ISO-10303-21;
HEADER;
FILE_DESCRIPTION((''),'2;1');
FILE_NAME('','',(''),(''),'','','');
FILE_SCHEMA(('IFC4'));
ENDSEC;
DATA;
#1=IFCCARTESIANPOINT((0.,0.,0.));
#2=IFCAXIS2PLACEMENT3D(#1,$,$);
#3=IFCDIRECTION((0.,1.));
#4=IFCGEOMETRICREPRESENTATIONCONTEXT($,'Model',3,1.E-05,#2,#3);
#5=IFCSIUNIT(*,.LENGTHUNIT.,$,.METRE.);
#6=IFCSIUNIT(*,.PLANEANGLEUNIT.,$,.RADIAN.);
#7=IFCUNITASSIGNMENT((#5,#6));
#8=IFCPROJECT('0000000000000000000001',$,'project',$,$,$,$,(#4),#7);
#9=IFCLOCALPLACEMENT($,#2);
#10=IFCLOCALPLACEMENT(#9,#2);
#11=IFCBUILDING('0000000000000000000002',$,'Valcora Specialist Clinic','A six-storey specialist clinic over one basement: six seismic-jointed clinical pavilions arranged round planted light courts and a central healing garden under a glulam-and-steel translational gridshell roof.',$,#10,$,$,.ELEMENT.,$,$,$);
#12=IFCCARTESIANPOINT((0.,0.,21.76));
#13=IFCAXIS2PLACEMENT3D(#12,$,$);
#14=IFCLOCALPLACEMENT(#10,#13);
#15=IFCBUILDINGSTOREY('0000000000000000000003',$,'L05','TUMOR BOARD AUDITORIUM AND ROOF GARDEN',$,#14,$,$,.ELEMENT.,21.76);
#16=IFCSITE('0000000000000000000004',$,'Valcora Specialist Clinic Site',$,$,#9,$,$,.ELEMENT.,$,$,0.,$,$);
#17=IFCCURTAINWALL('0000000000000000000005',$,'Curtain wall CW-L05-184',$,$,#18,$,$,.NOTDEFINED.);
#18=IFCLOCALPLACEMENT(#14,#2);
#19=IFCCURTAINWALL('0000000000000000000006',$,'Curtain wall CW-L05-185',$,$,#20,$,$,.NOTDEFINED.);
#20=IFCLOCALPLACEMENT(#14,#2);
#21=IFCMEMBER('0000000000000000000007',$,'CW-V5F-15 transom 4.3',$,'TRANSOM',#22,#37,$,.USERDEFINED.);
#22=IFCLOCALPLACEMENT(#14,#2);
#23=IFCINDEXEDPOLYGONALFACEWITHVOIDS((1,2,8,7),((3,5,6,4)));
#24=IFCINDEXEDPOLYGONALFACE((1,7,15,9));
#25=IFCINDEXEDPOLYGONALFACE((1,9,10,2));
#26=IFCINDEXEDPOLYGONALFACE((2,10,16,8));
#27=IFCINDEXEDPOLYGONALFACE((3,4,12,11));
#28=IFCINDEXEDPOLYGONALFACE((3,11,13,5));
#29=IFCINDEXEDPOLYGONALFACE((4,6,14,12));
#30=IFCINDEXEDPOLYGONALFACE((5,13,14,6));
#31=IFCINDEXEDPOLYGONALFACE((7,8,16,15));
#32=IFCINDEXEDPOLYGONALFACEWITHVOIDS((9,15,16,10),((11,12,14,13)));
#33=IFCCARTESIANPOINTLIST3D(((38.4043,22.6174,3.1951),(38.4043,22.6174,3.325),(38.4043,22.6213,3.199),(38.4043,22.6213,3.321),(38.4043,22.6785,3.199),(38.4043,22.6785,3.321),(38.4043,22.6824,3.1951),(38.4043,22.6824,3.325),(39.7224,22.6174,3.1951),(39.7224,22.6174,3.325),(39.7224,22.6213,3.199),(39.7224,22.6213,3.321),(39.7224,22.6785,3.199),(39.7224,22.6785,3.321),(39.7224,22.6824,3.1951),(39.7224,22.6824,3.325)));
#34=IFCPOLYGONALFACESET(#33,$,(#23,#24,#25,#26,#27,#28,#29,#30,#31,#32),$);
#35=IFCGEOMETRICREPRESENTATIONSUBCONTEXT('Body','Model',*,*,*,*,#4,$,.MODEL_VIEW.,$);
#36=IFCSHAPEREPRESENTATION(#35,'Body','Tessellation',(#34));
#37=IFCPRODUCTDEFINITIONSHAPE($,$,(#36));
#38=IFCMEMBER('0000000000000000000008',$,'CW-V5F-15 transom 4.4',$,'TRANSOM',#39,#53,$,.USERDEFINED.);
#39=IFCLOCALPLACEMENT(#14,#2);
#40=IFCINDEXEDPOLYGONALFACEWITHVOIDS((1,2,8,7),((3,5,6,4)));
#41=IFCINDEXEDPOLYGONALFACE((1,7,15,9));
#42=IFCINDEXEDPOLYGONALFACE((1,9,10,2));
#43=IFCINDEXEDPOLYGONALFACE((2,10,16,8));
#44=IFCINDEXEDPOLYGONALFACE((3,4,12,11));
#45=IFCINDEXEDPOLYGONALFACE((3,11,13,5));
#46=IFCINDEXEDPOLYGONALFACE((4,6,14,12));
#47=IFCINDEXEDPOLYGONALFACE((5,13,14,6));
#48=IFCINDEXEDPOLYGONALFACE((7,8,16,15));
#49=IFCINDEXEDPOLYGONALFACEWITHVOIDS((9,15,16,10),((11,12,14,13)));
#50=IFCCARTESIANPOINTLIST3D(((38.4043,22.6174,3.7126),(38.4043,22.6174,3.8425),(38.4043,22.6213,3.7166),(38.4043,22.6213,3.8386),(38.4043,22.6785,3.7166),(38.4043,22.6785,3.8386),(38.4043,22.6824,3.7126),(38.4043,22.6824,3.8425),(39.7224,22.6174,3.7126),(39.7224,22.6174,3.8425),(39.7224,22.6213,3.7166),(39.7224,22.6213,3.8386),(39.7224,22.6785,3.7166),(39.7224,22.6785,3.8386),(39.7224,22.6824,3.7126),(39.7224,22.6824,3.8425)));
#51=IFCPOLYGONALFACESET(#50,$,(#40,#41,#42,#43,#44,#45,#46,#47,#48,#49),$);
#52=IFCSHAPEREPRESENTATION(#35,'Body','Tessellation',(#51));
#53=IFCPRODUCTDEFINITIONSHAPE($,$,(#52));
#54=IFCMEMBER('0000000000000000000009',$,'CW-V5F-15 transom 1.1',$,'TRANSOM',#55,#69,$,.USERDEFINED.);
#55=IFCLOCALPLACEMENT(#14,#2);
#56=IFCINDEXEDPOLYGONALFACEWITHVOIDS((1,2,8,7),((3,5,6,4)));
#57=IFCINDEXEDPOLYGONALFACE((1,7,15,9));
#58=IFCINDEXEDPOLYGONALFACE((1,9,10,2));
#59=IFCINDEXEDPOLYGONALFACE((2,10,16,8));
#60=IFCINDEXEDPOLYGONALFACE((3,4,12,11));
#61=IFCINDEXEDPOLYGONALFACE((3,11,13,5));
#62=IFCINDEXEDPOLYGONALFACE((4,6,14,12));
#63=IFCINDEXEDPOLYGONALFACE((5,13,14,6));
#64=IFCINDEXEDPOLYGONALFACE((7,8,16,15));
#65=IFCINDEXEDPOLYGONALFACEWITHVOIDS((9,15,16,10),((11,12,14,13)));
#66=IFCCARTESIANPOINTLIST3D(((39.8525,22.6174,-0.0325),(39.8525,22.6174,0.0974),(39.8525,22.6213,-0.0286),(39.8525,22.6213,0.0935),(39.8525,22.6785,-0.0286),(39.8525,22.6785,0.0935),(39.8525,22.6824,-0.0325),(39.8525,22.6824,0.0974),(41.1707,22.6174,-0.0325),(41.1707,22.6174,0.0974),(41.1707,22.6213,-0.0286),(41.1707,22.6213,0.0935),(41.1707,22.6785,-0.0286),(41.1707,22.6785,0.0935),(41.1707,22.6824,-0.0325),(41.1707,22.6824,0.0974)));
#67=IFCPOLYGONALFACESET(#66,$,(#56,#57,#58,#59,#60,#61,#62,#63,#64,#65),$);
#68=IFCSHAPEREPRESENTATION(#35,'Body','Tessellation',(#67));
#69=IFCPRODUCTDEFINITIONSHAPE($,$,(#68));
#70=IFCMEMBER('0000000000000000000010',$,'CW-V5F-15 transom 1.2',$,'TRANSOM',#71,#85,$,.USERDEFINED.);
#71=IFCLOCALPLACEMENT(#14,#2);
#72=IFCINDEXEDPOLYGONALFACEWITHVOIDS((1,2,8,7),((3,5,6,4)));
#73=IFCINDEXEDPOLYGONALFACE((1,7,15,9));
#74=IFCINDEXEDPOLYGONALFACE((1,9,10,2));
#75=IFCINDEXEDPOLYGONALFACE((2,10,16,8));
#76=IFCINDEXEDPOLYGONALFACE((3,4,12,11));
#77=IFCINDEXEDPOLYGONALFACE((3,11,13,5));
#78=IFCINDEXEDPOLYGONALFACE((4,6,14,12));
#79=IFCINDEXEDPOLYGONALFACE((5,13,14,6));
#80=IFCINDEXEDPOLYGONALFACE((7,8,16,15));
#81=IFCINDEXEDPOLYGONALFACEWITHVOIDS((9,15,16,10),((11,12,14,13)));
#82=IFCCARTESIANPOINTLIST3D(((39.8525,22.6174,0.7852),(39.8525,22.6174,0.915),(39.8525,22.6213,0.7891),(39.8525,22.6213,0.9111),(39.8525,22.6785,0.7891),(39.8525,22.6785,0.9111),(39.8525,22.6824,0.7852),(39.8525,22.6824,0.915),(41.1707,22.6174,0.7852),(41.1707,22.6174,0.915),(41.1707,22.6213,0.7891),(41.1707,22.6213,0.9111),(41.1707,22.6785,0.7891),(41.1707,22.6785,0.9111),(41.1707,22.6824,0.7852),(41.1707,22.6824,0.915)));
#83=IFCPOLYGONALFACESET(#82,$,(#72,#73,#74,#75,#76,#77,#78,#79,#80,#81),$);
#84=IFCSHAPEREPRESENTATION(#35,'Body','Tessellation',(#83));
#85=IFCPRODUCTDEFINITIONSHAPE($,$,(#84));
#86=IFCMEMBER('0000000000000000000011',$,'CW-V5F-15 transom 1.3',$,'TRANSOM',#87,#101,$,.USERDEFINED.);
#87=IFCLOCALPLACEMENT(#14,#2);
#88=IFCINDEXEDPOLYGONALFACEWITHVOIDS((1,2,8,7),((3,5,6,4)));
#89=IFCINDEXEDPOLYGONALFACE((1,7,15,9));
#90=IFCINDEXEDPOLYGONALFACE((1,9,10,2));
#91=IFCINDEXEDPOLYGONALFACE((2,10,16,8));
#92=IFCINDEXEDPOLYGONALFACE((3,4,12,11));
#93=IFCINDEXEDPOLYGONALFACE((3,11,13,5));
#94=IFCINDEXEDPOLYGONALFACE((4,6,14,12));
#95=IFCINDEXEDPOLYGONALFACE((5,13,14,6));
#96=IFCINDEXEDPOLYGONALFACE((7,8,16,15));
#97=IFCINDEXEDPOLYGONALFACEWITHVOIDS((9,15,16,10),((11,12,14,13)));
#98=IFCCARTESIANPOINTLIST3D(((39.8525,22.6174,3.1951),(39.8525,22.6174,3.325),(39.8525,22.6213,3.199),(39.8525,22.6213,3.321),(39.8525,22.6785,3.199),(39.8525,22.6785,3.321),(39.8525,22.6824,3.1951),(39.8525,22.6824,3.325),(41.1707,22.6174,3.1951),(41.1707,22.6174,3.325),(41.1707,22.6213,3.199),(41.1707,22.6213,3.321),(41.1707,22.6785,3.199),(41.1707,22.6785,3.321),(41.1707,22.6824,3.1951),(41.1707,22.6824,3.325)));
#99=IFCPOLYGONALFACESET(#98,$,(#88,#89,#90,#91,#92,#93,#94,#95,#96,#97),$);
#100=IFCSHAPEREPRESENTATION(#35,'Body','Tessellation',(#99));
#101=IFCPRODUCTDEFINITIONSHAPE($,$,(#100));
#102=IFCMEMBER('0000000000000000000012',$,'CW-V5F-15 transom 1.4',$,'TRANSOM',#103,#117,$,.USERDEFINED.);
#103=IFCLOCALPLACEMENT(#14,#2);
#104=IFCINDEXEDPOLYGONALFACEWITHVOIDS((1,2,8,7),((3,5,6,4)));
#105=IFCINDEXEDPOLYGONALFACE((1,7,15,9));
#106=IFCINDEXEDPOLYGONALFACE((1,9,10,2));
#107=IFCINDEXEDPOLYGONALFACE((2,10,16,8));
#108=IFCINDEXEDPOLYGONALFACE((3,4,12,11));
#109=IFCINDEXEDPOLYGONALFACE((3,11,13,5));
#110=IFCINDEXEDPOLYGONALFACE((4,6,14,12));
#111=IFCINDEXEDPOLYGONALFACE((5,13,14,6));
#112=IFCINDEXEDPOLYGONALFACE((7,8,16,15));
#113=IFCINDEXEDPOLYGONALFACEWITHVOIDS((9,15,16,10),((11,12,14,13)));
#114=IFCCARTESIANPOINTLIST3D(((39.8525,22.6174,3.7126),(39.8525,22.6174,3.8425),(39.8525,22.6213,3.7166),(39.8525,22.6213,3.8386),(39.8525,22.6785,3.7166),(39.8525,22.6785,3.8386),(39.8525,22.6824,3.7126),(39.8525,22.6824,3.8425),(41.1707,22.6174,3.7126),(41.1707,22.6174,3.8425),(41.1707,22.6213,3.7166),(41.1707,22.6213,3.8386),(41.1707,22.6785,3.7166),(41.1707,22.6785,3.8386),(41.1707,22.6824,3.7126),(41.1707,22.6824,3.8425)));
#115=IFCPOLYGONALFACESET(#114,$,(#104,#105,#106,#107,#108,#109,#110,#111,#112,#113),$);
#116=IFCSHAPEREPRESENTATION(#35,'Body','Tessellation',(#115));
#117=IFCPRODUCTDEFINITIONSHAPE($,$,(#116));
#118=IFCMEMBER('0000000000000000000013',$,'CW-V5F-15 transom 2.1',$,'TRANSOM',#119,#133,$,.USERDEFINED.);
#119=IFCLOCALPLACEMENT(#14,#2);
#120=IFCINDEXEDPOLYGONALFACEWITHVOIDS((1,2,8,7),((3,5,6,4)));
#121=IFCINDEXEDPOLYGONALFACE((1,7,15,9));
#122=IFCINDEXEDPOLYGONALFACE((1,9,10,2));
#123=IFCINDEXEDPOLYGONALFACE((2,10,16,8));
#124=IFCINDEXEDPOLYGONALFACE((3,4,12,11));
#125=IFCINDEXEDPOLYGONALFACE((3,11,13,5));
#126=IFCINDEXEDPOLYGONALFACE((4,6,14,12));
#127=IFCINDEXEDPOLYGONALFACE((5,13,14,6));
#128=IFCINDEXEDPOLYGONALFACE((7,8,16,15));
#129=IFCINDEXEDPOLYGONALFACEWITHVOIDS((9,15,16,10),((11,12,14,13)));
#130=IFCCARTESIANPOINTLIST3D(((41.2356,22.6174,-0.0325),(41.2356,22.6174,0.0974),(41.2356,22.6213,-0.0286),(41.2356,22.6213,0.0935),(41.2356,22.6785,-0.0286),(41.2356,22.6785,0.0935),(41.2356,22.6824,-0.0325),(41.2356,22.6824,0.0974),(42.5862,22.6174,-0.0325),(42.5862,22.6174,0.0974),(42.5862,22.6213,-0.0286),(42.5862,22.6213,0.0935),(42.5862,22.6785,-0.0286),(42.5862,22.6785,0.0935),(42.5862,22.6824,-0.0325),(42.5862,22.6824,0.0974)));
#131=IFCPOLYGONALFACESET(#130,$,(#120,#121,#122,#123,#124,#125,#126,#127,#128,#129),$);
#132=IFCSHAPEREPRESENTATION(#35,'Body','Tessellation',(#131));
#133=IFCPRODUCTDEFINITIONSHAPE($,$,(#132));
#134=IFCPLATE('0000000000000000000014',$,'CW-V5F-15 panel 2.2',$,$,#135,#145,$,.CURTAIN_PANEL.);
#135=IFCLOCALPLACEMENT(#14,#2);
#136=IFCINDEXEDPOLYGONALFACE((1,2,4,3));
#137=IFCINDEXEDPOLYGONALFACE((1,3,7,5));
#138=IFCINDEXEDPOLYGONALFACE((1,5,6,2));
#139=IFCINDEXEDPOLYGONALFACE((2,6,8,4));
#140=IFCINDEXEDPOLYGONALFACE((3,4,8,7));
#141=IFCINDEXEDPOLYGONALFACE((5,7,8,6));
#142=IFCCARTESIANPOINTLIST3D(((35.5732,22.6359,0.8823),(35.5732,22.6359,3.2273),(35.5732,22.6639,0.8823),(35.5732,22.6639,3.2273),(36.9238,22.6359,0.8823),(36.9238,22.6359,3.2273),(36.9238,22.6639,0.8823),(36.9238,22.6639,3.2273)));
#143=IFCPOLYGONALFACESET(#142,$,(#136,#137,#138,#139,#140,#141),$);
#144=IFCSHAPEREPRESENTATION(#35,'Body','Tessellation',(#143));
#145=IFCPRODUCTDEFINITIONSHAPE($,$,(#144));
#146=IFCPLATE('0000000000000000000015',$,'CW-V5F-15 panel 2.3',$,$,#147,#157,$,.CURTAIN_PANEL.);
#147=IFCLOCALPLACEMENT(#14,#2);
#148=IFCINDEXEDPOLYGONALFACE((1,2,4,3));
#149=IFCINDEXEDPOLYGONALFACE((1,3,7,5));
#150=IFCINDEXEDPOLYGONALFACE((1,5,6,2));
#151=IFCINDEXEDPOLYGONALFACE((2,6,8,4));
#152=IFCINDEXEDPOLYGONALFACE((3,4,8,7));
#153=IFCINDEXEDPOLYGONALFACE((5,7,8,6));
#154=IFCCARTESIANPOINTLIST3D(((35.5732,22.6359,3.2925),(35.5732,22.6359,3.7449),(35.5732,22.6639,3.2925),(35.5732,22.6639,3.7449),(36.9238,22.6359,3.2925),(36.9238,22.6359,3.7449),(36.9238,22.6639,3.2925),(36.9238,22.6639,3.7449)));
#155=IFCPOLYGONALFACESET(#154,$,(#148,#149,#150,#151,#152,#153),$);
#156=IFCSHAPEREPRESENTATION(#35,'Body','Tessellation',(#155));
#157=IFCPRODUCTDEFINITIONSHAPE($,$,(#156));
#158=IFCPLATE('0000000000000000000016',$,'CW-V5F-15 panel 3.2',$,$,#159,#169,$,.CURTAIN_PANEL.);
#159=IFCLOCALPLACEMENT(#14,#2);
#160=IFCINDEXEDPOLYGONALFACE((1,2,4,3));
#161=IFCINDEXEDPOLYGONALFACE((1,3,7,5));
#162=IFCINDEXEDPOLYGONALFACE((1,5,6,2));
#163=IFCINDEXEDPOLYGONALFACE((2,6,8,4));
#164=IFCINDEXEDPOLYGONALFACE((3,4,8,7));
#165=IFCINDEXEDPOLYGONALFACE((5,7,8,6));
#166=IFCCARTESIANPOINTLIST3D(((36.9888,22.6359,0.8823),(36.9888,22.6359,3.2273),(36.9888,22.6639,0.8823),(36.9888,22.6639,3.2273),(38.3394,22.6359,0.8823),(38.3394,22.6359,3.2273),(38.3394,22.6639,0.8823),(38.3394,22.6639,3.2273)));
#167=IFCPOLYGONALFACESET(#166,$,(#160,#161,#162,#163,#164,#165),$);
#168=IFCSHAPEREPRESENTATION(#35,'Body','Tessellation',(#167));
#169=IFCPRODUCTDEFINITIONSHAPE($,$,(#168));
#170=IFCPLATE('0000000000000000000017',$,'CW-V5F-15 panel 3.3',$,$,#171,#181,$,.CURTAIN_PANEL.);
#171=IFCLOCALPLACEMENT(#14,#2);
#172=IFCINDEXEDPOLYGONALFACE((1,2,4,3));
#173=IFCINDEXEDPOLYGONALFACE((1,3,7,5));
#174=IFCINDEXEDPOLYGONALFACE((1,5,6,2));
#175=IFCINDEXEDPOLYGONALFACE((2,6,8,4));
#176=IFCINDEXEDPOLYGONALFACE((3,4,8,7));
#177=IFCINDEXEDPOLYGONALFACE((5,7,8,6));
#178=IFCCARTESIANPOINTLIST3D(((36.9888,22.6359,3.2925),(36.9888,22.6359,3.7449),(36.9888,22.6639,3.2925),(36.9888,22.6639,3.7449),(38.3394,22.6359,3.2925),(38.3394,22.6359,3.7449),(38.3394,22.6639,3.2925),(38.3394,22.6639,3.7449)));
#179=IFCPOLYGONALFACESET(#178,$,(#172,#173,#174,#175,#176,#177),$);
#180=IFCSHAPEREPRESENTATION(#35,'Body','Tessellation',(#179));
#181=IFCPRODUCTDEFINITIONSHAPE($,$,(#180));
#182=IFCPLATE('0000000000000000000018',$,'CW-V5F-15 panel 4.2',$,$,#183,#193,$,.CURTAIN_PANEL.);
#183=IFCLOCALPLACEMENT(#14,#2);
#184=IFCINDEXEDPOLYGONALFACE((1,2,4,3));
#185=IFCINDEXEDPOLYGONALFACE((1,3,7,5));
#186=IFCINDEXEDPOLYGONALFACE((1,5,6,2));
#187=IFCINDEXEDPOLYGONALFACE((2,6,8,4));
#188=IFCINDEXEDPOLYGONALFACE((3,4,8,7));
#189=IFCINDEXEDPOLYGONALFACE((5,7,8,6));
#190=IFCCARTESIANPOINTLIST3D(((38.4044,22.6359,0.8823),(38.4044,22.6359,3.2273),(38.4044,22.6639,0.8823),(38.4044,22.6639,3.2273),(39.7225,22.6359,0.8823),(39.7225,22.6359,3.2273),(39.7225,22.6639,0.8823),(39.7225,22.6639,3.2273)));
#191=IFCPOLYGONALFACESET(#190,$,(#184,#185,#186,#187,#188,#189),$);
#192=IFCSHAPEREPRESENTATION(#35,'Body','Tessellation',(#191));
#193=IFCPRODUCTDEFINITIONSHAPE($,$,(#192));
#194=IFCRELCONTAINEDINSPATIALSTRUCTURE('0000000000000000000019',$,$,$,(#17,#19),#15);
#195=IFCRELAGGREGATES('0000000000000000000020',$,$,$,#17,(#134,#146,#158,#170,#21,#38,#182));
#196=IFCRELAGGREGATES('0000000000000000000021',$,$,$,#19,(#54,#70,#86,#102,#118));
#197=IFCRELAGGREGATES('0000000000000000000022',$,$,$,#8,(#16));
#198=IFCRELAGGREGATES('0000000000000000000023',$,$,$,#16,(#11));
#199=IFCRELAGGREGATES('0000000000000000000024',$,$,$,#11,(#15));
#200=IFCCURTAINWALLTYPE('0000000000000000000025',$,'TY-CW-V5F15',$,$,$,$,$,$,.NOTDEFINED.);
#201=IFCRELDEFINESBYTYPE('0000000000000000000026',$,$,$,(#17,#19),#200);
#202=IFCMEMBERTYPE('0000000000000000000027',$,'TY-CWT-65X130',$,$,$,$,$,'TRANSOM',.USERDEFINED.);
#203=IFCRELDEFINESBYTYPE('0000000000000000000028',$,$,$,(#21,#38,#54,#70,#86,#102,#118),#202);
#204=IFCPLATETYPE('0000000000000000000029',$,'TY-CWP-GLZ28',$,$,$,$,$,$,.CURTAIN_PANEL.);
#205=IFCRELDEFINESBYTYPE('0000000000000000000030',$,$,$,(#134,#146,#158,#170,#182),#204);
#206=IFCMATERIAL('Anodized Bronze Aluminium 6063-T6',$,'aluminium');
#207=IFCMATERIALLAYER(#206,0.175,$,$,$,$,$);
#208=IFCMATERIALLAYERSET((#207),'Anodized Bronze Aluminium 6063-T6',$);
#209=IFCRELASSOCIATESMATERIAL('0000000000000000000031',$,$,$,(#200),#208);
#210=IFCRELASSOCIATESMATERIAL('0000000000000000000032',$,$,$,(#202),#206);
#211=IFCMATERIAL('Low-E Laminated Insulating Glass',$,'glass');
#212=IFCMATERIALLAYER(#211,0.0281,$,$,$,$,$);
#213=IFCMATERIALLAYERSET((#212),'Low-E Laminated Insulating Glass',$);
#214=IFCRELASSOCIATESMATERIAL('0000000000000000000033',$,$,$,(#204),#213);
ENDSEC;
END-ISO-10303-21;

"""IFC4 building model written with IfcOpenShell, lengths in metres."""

from ifc_helpers import new_model, si_unit, direction, frame, origin, origin_2d, place, context, subcontext, project, spatial, rectangle, hollow_rectangle, extrude, material, layer, layer_set, material_profile, profile_set, type_object, element, aggregate, save


model = new_model("IFC4")

# Units and contexts
model_context = context("Model", 3, precision=1e-05, world=origin(), true_north=direction((0.0, 1.0)))
body_context = subcontext(model_context, "Body", "Model", "MODEL_VIEW")
ifc_project = project(units=[si_unit("LENGTHUNIT", "METRE"), si_unit("PLANEANGLEUNIT", "RADIAN")], contexts=[model_context])

# Site, building, storey
site_placement = place(None, origin())
site = spatial("IfcSite", under=ifc_project, at=site_placement, Name="Valcora Specialist Clinic Site", CompositionType="ELEMENT", RefElevation=0.0)
building_placement = place(site_placement, origin())
building = spatial("IfcBuilding", under=site, at=building_placement, Name="Valcora Specialist Clinic", Description="A six-storey specialist clinic over one basement: six seismic-jointed clinical pavilions arranged round planted light courts and a central healing garden under a glulam-and-steel translational gridshell roof.", CompositionType="ELEMENT")
storey_placement = place(building_placement, frame((0.0, 0.0, 21.76)))
storey = spatial("IfcBuildingStorey", under=building, at=storey_placement, Name="L05", Description="TUMOR BOARD AUDITORIUM AND ROOF GARDEN", CompositionType="ELEMENT", Elevation=21.76)

# Curtain walls
ifc_material_1 = material(Name="Anodized Bronze Aluminium 6063-T6", Category="aluminium")
ifc_layer_1 = layer(ifc_material_1, 0.175)
ifc_layer_set_1 = layer_set([ifc_layer_1], Name="Anodized Bronze Aluminium 6063-T6")
curtain_wall_type = type_object("IfcCurtainWallType", Name="TY-CW-V5F15", PredefinedType="NOTDEFINED", material=ifc_layer_set_1)
curtain_wall_1_placement = place(storey_placement, origin())
curtain_wall_1 = element("IfcCurtainWall", 1, at=curtain_wall_1_placement, inside=storey, type_object=curtain_wall_type, Name="Curtain wall CW-L05-184", PredefinedType="NOTDEFINED")
curtain_wall_2_placement = place(storey_placement, origin())
curtain_wall_2 = element("IfcCurtainWall", 2, at=curtain_wall_2_placement, inside=storey, type_object=curtain_wall_type, Name="Curtain wall CW-L05-185", PredefinedType="NOTDEFINED")

# Members
ifc_material_profile_1 = material_profile(ifc_material_1, hollow_rectangle(XDim=0.0649, YDim=0.1299, WallThickness=0.0039, at=origin_2d()), Name="AL-TRN-65X130")
ifc_profile_set_1 = profile_set([ifc_material_profile_1], Name="Anodized Bronze Aluminium 6063-T6")
member_type_1 = type_object("IfcMemberType", Name="TY-CWT-65X130", ElementType="TRANSOM", PredefinedType="USERDEFINED", material=ifc_profile_set_1)
member_1_placement = place(storey_placement, frame((38.4043, 22.6499, 3.26), z_axis=(1.0, 0.0, 0.0), x_axis=(0.0, 1.0, 0.0)))
member_1 = element("IfcMember", 3, at=member_1_placement, type_object=member_type_1, Name="CW-V5F-15 transom 4.3", ObjectType="TRANSOM", PredefinedType="USERDEFINED", context=body_context, shape_type="SweptSolid", body=[
    extrude(hollow_rectangle(XDim=0.0649, YDim=0.1299, WallThickness=0.0039, at=origin_2d()), origin(), (0.0, 0.0, 1.0), 1.3181),
])
member_2_placement = place(storey_placement, frame((38.4043, 22.6499, 3.7776), z_axis=(1.0, 0.0, 0.0), x_axis=(0.0, 1.0, 0.0)))
member_2 = element("IfcMember", 4, at=member_2_placement, type_object=member_type_1, Name="CW-V5F-15 transom 4.4", ObjectType="TRANSOM", PredefinedType="USERDEFINED", context=body_context, shape_type="SweptSolid", body=[
    extrude(hollow_rectangle(XDim=0.0649, YDim=0.1299, WallThickness=0.0039, at=origin_2d()), origin(), (0.0, 0.0, 1.0), 1.3181),
])
member_3_placement = place(storey_placement, frame((39.8525, 22.6499, 0.0325), z_axis=(1.0, 0.0, 0.0), x_axis=(0.0, 1.0, 0.0)))
member_3 = element("IfcMember", 5, at=member_3_placement, type_object=member_type_1, Name="CW-V5F-15 transom 1.1", ObjectType="TRANSOM", PredefinedType="USERDEFINED", context=body_context, shape_type="SweptSolid", body=[
    extrude(hollow_rectangle(XDim=0.0649, YDim=0.1299, WallThickness=0.0039, at=origin_2d()), origin(), (0.0, 0.0, 1.0), 1.3181),
])
member_4_placement = place(storey_placement, frame((39.8525, 22.6499, 0.8501), z_axis=(1.0, 0.0, 0.0), x_axis=(0.0, 1.0, 0.0)))
member_4 = element("IfcMember", 6, at=member_4_placement, type_object=member_type_1, Name="CW-V5F-15 transom 1.2", ObjectType="TRANSOM", PredefinedType="USERDEFINED", context=body_context, shape_type="SweptSolid", body=[
    extrude(hollow_rectangle(XDim=0.0649, YDim=0.1299, WallThickness=0.0039, at=origin_2d()), origin(), (0.0, 0.0, 1.0), 1.3181),
])
member_5_placement = place(storey_placement, frame((39.8525, 22.6499, 3.26), z_axis=(1.0, 0.0, 0.0), x_axis=(0.0, 1.0, 0.0)))
member_5 = element("IfcMember", 7, at=member_5_placement, type_object=member_type_1, Name="CW-V5F-15 transom 1.3", ObjectType="TRANSOM", PredefinedType="USERDEFINED", context=body_context, shape_type="SweptSolid", body=[
    extrude(hollow_rectangle(XDim=0.0649, YDim=0.1299, WallThickness=0.0039, at=origin_2d()), origin(), (0.0, 0.0, 1.0), 1.3181),
])
member_6_placement = place(storey_placement, frame((39.8525, 22.6499, 3.7776), z_axis=(1.0, 0.0, 0.0), x_axis=(0.0, 1.0, 0.0)))
member_6 = element("IfcMember", 8, at=member_6_placement, type_object=member_type_1, Name="CW-V5F-15 transom 1.4", ObjectType="TRANSOM", PredefinedType="USERDEFINED", context=body_context, shape_type="SweptSolid", body=[
    extrude(hollow_rectangle(XDim=0.0649, YDim=0.1299, WallThickness=0.0039, at=origin_2d()), origin(), (0.0, 0.0, 1.0), 1.3181),
])
member_7_placement = place(storey_placement, frame((41.2356, 22.6499, 0.0325), z_axis=(1.0, 0.0, 0.0), x_axis=(0.0, 1.0, 0.0)))
member_7 = element("IfcMember", 9, at=member_7_placement, type_object=member_type_1, Name="CW-V5F-15 transom 2.1", ObjectType="TRANSOM", PredefinedType="USERDEFINED", context=body_context, shape_type="SweptSolid", body=[
    extrude(hollow_rectangle(XDim=0.0649, YDim=0.1299, WallThickness=0.0039, at=origin_2d()), origin(), (0.0, 0.0, 1.0), 1.3506),
])

# Plates
ifc_material_2 = material(Name="Low-E Laminated Insulating Glass", Category="glass")
ifc_layer_2 = layer(ifc_material_2, 0.0281)
ifc_layer_set_2 = layer_set([ifc_layer_2], Name="Low-E Laminated Insulating Glass")
plate_type_1 = type_object("IfcPlateType", Name="TY-CWP-GLZ28", PredefinedType="CURTAIN_PANEL", material=ifc_layer_set_2)
plate_1_placement = place(storey_placement, frame((36.2485, 22.6499, 0.8823), z_axis=(0.0, 0.0, 1.0), x_axis=(1.0, 0.0, 0.0)))
plate_1 = element("IfcPlate", 10, at=plate_1_placement, type_object=plate_type_1, Name="CW-V5F-15 panel 2.2", PredefinedType="CURTAIN_PANEL", context=body_context, shape_type="SweptSolid", body=[
    extrude(rectangle(XDim=1.3506, YDim=0.0281, at=origin_2d()), origin(), (0.0, 0.0, 1.0), 2.345),
])
plate_2_placement = place(storey_placement, frame((36.2485, 22.6499, 3.2925), z_axis=(0.0, 0.0, 1.0), x_axis=(1.0, 0.0, 0.0)))
plate_2 = element("IfcPlate", 11, at=plate_2_placement, type_object=plate_type_1, Name="CW-V5F-15 panel 2.3", PredefinedType="CURTAIN_PANEL", context=body_context, shape_type="SweptSolid", body=[
    extrude(rectangle(XDim=1.3506, YDim=0.0281, at=origin_2d()), origin(), (0.0, 0.0, 1.0), 0.4524),
])
plate_3_placement = place(storey_placement, frame((37.6641, 22.6499, 0.8823), z_axis=(0.0, 0.0, 1.0), x_axis=(1.0, 0.0, 0.0)))
plate_3 = element("IfcPlate", 12, at=plate_3_placement, type_object=plate_type_1, Name="CW-V5F-15 panel 3.2", PredefinedType="CURTAIN_PANEL", context=body_context, shape_type="SweptSolid", body=[
    extrude(rectangle(XDim=1.3506, YDim=0.0281, at=origin_2d()), origin(), (0.0, 0.0, 1.0), 2.345),
])
plate_4_placement = place(storey_placement, frame((37.6641, 22.6499, 3.2925), z_axis=(0.0, 0.0, 1.0), x_axis=(1.0, 0.0, 0.0)))
plate_4 = element("IfcPlate", 13, at=plate_4_placement, type_object=plate_type_1, Name="CW-V5F-15 panel 3.3", PredefinedType="CURTAIN_PANEL", context=body_context, shape_type="SweptSolid", body=[
    extrude(rectangle(XDim=1.3506, YDim=0.0281, at=origin_2d()), origin(), (0.0, 0.0, 1.0), 0.4524),
])
plate_5_placement = place(storey_placement, frame((39.0635, 22.6499, 0.8823), z_axis=(0.0, 0.0, 1.0), x_axis=(1.0, 0.0, 0.0)))
plate_5 = element("IfcPlate", 14, at=plate_5_placement, type_object=plate_type_1, Name="CW-V5F-15 panel 4.2", PredefinedType="CURTAIN_PANEL", context=body_context, shape_type="SweptSolid", body=[
    extrude(rectangle(XDim=1.3181, YDim=0.0281, at=origin_2d()), origin(), (0.0, 0.0, 1.0), 2.345),
])
aggregate(curtain_wall_1, [plate_1, plate_2, plate_3, plate_4, member_1, member_2, plate_5])
aggregate(curtain_wall_2, [member_3, member_4, member_5, member_6, member_7])

save(model, "model.ifc")
